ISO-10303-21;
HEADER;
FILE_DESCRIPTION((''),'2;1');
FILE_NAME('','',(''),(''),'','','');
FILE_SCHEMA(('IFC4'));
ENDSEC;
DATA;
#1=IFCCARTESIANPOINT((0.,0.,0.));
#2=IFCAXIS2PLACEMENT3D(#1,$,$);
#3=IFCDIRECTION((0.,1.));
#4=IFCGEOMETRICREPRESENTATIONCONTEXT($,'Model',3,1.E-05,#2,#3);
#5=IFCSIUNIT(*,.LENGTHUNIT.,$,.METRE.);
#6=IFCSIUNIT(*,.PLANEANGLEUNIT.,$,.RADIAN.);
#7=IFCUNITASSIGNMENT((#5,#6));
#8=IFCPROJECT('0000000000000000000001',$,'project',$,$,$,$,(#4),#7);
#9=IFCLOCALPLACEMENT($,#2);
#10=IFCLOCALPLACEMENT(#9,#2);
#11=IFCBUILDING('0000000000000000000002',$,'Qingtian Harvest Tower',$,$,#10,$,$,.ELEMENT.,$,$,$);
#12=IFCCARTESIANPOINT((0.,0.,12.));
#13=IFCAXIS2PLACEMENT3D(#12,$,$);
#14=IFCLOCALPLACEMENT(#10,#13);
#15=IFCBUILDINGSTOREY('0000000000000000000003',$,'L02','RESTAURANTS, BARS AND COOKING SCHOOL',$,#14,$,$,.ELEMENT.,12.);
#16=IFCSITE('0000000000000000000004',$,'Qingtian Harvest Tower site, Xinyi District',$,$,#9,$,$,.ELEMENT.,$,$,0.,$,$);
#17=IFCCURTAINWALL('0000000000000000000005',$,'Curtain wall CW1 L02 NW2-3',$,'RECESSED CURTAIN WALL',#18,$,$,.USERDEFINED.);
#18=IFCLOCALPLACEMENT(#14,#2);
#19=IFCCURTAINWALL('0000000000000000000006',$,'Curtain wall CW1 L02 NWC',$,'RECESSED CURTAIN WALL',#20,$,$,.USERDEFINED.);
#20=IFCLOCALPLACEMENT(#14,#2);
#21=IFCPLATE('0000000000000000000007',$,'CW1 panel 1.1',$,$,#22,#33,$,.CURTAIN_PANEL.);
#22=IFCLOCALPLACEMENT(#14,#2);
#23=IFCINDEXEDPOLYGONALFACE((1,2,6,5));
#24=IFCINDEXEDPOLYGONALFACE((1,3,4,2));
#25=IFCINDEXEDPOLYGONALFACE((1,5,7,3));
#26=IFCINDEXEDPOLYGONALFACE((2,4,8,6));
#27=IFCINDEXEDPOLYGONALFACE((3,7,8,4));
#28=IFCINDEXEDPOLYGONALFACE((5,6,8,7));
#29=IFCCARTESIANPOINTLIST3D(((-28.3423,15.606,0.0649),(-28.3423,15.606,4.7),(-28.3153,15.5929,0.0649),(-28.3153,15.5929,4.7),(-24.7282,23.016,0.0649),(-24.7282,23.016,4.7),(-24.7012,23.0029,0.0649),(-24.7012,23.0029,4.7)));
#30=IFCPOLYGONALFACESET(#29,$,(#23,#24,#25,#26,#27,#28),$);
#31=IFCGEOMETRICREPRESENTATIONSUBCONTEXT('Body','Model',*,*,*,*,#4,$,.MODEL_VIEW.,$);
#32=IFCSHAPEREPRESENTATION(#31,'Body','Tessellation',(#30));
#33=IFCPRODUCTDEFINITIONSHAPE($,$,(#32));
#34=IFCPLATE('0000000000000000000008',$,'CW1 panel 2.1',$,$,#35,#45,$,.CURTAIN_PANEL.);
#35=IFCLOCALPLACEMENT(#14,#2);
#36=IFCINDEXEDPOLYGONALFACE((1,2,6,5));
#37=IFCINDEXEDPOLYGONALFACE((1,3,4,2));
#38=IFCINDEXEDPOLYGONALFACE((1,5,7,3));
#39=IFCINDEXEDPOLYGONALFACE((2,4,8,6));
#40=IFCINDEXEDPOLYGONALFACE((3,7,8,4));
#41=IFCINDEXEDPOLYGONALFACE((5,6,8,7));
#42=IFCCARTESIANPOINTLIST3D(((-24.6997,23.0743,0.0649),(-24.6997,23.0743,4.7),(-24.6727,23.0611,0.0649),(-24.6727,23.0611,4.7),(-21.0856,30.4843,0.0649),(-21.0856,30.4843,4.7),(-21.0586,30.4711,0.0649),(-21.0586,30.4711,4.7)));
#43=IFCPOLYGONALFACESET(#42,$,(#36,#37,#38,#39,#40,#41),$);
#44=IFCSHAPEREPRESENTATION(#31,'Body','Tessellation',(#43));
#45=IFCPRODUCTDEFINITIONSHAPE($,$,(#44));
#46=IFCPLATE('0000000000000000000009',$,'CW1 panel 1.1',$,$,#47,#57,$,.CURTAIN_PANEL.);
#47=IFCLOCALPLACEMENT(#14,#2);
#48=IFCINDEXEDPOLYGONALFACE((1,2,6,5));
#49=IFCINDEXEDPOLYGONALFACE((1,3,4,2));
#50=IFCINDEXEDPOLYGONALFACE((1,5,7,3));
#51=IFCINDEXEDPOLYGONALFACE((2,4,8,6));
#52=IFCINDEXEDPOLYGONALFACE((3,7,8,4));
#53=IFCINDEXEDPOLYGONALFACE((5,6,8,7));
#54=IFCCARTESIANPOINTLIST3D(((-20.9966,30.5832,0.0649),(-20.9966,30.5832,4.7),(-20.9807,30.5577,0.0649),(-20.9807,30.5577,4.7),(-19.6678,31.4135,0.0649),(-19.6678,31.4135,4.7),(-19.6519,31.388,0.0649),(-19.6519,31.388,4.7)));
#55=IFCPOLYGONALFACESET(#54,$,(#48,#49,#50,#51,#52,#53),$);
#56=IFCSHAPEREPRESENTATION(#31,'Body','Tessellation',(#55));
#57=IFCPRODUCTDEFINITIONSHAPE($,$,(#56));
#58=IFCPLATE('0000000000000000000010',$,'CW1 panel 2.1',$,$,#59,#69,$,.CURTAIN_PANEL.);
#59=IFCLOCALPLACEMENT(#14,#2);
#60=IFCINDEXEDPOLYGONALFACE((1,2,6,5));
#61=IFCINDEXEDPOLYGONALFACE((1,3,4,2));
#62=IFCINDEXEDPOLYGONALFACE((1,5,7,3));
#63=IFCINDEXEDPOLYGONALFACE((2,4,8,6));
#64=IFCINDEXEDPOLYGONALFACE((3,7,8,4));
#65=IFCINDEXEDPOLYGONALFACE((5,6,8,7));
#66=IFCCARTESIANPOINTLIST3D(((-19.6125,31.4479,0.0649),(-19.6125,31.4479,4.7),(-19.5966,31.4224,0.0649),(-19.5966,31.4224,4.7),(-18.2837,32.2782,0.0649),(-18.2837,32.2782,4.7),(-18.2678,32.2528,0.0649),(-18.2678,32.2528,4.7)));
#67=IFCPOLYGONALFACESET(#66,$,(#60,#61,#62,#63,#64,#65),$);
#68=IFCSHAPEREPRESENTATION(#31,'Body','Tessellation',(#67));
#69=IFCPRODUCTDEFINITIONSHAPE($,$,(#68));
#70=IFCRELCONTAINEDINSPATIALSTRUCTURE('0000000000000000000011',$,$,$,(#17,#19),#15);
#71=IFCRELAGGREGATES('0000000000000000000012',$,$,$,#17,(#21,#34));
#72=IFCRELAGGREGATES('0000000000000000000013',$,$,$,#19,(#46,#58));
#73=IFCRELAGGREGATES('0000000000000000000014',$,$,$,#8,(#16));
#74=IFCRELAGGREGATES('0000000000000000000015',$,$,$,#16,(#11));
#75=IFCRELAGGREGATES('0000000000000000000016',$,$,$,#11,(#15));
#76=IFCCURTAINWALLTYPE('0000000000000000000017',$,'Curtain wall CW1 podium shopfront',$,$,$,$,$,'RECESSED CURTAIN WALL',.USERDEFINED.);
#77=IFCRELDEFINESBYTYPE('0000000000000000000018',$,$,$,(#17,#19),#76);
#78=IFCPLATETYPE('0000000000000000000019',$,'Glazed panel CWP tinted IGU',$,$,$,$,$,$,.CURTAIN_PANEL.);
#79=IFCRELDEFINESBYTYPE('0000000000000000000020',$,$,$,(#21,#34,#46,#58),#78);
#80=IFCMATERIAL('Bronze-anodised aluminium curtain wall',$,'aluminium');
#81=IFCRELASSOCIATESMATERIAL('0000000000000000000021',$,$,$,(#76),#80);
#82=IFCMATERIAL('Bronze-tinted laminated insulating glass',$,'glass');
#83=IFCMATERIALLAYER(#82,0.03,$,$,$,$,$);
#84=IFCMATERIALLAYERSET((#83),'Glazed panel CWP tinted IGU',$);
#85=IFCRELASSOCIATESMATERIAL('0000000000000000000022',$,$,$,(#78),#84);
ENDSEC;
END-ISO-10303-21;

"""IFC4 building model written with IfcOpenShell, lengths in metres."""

from ifc_helpers import new_model, si_unit, direction, frame, origin, origin_2d, place, context, subcontext, project, spatial, rectangle, extrude, material, layer, layer_set, type_object, element, aggregate, save


model = new_model("IFC4")

# Units and contexts
model_context = context("Model", 3, precision=1e-05, world=origin(), true_north=direction((0.0, 1.0)))
body_context = subcontext(model_context, "Body", "Model", "MODEL_VIEW")
ifc_project = project(units=[si_unit("LENGTHUNIT", "METRE"), si_unit("PLANEANGLEUNIT", "RADIAN")], contexts=[model_context])

# Site, building, storey
site_placement = place(None, origin())
site = spatial("IfcSite", under=ifc_project, at=site_placement, Name="Qingtian Harvest Tower site, Xinyi District", CompositionType="ELEMENT", RefElevation=0.0)
building_placement = place(site_placement, origin())
building = spatial("IfcBuilding", under=site, at=building_placement, Name="Qingtian Harvest Tower", CompositionType="ELEMENT")
storey_placement = place(building_placement, frame((0.0, 0.0, 12.0)))
storey = spatial("IfcBuildingStorey", under=building, at=storey_placement, Name="L02", Description="RESTAURANTS, BARS AND COOKING SCHOOL", CompositionType="ELEMENT", Elevation=12.0)

# Shared definitions
ifc_material_1 = material(Name="Bronze-anodised aluminium curtain wall", Category="aluminium")
curtain_wall_type = type_object("IfcCurtainWallType", Name="Curtain wall CW1 podium shopfront", ElementType="RECESSED CURTAIN WALL", PredefinedType="USERDEFINED", material=ifc_material_1)

# Curtain walls
curtain_wall_1_placement = place(storey_placement, origin())
curtain_wall_1 = element("IfcCurtainWall", 1, at=curtain_wall_1_placement, inside=storey, type_object=curtain_wall_type, Name="Curtain wall CW1 L02 NW2-3", ObjectType="RECESSED CURTAIN WALL", PredefinedType="USERDEFINED")
curtain_wall_2_placement = place(storey_placement, origin())
curtain_wall_2 = element("IfcCurtainWall", 2, at=curtain_wall_2_placement, inside=storey, type_object=curtain_wall_type, Name="Curtain wall CW1 L02 NWC", ObjectType="RECESSED CURTAIN WALL", PredefinedType="USERDEFINED")

# Plates
ifc_material_2 = material(Name="Bronze-tinted laminated insulating glass", Category="glass")
ifc_layer = layer(ifc_material_2, 0.03)
ifc_layer_set = layer_set([ifc_layer], Name="Glazed panel CWP tinted IGU")
plate_type = type_object("IfcPlateType", Name="Glazed panel CWP tinted IGU", PredefinedType="CURTAIN_PANEL", material=ifc_layer_set)
plate_1_placement = place(storey_placement, frame((-26.5217, 19.3044, 0.0649), z_axis=(0.0, 0.0, 1.0), x_axis=(0.438371, 0.898794, 0.0)))
plate_1 = element("IfcPlate", 3, at=plate_1_placement, type_object=plate_type, Name="CW1 panel 1.1", PredefinedType="CURTAIN_PANEL", context=body_context, shape_type="SweptSolid", body=[
    extrude(rectangle(XDim=8.2444, YDim=0.03, at=origin_2d()), origin(), (0.0, 0.0, 1.0), 4.635),
])
plate_2_placement = place(storey_placement, frame((-22.8792, 26.7727, 0.0649), z_axis=(0.0, 0.0, 1.0), x_axis=(0.438371, 0.898794, 0.0)))
plate_2 = element("IfcPlate", 4, at=plate_2_placement, type_object=plate_type, Name="CW1 panel 2.1", PredefinedType="CURTAIN_PANEL", context=body_context, shape_type="SweptSolid", body=[
    extrude(rectangle(XDim=8.2444, YDim=0.03, at=origin_2d()), origin(), (0.0, 0.0, 1.0), 4.635),
])
aggregate(curtain_wall_1, [plate_1, plate_2])
plate_3_placement = place(storey_placement, frame((-20.3242, 30.9856, 0.0649), z_axis=(0.0, 0.0, 1.0), x_axis=(0.848048, 0.529919, 0.0)))
plate_3 = element("IfcPlate", 5, at=plate_3_placement, type_object=plate_type, Name="CW1 panel 1.1", PredefinedType="CURTAIN_PANEL", context=body_context, shape_type="SweptSolid", body=[
    extrude(rectangle(XDim=1.5669, YDim=0.03, at=origin_2d()), origin(), (0.0, 0.0, 1.0), 4.635),
])
plate_4_placement = place(storey_placement, frame((-18.9402, 31.8503, 0.0649), z_axis=(0.0, 0.0, 1.0), x_axis=(0.848048, 0.529919, 0.0)))
plate_4 = element("IfcPlate", 6, at=plate_4_placement, type_object=plate_type, Name="CW1 panel 2.1", PredefinedType="CURTAIN_PANEL", context=body_context, shape_type="SweptSolid", body=[
    extrude(rectangle(XDim=1.5669, YDim=0.03, at=origin_2d()), origin(), (0.0, 0.0, 1.0), 4.635),
])
aggregate(curtain_wall_2, [plate_3, plate_4])

save(model, "model.ifc")
